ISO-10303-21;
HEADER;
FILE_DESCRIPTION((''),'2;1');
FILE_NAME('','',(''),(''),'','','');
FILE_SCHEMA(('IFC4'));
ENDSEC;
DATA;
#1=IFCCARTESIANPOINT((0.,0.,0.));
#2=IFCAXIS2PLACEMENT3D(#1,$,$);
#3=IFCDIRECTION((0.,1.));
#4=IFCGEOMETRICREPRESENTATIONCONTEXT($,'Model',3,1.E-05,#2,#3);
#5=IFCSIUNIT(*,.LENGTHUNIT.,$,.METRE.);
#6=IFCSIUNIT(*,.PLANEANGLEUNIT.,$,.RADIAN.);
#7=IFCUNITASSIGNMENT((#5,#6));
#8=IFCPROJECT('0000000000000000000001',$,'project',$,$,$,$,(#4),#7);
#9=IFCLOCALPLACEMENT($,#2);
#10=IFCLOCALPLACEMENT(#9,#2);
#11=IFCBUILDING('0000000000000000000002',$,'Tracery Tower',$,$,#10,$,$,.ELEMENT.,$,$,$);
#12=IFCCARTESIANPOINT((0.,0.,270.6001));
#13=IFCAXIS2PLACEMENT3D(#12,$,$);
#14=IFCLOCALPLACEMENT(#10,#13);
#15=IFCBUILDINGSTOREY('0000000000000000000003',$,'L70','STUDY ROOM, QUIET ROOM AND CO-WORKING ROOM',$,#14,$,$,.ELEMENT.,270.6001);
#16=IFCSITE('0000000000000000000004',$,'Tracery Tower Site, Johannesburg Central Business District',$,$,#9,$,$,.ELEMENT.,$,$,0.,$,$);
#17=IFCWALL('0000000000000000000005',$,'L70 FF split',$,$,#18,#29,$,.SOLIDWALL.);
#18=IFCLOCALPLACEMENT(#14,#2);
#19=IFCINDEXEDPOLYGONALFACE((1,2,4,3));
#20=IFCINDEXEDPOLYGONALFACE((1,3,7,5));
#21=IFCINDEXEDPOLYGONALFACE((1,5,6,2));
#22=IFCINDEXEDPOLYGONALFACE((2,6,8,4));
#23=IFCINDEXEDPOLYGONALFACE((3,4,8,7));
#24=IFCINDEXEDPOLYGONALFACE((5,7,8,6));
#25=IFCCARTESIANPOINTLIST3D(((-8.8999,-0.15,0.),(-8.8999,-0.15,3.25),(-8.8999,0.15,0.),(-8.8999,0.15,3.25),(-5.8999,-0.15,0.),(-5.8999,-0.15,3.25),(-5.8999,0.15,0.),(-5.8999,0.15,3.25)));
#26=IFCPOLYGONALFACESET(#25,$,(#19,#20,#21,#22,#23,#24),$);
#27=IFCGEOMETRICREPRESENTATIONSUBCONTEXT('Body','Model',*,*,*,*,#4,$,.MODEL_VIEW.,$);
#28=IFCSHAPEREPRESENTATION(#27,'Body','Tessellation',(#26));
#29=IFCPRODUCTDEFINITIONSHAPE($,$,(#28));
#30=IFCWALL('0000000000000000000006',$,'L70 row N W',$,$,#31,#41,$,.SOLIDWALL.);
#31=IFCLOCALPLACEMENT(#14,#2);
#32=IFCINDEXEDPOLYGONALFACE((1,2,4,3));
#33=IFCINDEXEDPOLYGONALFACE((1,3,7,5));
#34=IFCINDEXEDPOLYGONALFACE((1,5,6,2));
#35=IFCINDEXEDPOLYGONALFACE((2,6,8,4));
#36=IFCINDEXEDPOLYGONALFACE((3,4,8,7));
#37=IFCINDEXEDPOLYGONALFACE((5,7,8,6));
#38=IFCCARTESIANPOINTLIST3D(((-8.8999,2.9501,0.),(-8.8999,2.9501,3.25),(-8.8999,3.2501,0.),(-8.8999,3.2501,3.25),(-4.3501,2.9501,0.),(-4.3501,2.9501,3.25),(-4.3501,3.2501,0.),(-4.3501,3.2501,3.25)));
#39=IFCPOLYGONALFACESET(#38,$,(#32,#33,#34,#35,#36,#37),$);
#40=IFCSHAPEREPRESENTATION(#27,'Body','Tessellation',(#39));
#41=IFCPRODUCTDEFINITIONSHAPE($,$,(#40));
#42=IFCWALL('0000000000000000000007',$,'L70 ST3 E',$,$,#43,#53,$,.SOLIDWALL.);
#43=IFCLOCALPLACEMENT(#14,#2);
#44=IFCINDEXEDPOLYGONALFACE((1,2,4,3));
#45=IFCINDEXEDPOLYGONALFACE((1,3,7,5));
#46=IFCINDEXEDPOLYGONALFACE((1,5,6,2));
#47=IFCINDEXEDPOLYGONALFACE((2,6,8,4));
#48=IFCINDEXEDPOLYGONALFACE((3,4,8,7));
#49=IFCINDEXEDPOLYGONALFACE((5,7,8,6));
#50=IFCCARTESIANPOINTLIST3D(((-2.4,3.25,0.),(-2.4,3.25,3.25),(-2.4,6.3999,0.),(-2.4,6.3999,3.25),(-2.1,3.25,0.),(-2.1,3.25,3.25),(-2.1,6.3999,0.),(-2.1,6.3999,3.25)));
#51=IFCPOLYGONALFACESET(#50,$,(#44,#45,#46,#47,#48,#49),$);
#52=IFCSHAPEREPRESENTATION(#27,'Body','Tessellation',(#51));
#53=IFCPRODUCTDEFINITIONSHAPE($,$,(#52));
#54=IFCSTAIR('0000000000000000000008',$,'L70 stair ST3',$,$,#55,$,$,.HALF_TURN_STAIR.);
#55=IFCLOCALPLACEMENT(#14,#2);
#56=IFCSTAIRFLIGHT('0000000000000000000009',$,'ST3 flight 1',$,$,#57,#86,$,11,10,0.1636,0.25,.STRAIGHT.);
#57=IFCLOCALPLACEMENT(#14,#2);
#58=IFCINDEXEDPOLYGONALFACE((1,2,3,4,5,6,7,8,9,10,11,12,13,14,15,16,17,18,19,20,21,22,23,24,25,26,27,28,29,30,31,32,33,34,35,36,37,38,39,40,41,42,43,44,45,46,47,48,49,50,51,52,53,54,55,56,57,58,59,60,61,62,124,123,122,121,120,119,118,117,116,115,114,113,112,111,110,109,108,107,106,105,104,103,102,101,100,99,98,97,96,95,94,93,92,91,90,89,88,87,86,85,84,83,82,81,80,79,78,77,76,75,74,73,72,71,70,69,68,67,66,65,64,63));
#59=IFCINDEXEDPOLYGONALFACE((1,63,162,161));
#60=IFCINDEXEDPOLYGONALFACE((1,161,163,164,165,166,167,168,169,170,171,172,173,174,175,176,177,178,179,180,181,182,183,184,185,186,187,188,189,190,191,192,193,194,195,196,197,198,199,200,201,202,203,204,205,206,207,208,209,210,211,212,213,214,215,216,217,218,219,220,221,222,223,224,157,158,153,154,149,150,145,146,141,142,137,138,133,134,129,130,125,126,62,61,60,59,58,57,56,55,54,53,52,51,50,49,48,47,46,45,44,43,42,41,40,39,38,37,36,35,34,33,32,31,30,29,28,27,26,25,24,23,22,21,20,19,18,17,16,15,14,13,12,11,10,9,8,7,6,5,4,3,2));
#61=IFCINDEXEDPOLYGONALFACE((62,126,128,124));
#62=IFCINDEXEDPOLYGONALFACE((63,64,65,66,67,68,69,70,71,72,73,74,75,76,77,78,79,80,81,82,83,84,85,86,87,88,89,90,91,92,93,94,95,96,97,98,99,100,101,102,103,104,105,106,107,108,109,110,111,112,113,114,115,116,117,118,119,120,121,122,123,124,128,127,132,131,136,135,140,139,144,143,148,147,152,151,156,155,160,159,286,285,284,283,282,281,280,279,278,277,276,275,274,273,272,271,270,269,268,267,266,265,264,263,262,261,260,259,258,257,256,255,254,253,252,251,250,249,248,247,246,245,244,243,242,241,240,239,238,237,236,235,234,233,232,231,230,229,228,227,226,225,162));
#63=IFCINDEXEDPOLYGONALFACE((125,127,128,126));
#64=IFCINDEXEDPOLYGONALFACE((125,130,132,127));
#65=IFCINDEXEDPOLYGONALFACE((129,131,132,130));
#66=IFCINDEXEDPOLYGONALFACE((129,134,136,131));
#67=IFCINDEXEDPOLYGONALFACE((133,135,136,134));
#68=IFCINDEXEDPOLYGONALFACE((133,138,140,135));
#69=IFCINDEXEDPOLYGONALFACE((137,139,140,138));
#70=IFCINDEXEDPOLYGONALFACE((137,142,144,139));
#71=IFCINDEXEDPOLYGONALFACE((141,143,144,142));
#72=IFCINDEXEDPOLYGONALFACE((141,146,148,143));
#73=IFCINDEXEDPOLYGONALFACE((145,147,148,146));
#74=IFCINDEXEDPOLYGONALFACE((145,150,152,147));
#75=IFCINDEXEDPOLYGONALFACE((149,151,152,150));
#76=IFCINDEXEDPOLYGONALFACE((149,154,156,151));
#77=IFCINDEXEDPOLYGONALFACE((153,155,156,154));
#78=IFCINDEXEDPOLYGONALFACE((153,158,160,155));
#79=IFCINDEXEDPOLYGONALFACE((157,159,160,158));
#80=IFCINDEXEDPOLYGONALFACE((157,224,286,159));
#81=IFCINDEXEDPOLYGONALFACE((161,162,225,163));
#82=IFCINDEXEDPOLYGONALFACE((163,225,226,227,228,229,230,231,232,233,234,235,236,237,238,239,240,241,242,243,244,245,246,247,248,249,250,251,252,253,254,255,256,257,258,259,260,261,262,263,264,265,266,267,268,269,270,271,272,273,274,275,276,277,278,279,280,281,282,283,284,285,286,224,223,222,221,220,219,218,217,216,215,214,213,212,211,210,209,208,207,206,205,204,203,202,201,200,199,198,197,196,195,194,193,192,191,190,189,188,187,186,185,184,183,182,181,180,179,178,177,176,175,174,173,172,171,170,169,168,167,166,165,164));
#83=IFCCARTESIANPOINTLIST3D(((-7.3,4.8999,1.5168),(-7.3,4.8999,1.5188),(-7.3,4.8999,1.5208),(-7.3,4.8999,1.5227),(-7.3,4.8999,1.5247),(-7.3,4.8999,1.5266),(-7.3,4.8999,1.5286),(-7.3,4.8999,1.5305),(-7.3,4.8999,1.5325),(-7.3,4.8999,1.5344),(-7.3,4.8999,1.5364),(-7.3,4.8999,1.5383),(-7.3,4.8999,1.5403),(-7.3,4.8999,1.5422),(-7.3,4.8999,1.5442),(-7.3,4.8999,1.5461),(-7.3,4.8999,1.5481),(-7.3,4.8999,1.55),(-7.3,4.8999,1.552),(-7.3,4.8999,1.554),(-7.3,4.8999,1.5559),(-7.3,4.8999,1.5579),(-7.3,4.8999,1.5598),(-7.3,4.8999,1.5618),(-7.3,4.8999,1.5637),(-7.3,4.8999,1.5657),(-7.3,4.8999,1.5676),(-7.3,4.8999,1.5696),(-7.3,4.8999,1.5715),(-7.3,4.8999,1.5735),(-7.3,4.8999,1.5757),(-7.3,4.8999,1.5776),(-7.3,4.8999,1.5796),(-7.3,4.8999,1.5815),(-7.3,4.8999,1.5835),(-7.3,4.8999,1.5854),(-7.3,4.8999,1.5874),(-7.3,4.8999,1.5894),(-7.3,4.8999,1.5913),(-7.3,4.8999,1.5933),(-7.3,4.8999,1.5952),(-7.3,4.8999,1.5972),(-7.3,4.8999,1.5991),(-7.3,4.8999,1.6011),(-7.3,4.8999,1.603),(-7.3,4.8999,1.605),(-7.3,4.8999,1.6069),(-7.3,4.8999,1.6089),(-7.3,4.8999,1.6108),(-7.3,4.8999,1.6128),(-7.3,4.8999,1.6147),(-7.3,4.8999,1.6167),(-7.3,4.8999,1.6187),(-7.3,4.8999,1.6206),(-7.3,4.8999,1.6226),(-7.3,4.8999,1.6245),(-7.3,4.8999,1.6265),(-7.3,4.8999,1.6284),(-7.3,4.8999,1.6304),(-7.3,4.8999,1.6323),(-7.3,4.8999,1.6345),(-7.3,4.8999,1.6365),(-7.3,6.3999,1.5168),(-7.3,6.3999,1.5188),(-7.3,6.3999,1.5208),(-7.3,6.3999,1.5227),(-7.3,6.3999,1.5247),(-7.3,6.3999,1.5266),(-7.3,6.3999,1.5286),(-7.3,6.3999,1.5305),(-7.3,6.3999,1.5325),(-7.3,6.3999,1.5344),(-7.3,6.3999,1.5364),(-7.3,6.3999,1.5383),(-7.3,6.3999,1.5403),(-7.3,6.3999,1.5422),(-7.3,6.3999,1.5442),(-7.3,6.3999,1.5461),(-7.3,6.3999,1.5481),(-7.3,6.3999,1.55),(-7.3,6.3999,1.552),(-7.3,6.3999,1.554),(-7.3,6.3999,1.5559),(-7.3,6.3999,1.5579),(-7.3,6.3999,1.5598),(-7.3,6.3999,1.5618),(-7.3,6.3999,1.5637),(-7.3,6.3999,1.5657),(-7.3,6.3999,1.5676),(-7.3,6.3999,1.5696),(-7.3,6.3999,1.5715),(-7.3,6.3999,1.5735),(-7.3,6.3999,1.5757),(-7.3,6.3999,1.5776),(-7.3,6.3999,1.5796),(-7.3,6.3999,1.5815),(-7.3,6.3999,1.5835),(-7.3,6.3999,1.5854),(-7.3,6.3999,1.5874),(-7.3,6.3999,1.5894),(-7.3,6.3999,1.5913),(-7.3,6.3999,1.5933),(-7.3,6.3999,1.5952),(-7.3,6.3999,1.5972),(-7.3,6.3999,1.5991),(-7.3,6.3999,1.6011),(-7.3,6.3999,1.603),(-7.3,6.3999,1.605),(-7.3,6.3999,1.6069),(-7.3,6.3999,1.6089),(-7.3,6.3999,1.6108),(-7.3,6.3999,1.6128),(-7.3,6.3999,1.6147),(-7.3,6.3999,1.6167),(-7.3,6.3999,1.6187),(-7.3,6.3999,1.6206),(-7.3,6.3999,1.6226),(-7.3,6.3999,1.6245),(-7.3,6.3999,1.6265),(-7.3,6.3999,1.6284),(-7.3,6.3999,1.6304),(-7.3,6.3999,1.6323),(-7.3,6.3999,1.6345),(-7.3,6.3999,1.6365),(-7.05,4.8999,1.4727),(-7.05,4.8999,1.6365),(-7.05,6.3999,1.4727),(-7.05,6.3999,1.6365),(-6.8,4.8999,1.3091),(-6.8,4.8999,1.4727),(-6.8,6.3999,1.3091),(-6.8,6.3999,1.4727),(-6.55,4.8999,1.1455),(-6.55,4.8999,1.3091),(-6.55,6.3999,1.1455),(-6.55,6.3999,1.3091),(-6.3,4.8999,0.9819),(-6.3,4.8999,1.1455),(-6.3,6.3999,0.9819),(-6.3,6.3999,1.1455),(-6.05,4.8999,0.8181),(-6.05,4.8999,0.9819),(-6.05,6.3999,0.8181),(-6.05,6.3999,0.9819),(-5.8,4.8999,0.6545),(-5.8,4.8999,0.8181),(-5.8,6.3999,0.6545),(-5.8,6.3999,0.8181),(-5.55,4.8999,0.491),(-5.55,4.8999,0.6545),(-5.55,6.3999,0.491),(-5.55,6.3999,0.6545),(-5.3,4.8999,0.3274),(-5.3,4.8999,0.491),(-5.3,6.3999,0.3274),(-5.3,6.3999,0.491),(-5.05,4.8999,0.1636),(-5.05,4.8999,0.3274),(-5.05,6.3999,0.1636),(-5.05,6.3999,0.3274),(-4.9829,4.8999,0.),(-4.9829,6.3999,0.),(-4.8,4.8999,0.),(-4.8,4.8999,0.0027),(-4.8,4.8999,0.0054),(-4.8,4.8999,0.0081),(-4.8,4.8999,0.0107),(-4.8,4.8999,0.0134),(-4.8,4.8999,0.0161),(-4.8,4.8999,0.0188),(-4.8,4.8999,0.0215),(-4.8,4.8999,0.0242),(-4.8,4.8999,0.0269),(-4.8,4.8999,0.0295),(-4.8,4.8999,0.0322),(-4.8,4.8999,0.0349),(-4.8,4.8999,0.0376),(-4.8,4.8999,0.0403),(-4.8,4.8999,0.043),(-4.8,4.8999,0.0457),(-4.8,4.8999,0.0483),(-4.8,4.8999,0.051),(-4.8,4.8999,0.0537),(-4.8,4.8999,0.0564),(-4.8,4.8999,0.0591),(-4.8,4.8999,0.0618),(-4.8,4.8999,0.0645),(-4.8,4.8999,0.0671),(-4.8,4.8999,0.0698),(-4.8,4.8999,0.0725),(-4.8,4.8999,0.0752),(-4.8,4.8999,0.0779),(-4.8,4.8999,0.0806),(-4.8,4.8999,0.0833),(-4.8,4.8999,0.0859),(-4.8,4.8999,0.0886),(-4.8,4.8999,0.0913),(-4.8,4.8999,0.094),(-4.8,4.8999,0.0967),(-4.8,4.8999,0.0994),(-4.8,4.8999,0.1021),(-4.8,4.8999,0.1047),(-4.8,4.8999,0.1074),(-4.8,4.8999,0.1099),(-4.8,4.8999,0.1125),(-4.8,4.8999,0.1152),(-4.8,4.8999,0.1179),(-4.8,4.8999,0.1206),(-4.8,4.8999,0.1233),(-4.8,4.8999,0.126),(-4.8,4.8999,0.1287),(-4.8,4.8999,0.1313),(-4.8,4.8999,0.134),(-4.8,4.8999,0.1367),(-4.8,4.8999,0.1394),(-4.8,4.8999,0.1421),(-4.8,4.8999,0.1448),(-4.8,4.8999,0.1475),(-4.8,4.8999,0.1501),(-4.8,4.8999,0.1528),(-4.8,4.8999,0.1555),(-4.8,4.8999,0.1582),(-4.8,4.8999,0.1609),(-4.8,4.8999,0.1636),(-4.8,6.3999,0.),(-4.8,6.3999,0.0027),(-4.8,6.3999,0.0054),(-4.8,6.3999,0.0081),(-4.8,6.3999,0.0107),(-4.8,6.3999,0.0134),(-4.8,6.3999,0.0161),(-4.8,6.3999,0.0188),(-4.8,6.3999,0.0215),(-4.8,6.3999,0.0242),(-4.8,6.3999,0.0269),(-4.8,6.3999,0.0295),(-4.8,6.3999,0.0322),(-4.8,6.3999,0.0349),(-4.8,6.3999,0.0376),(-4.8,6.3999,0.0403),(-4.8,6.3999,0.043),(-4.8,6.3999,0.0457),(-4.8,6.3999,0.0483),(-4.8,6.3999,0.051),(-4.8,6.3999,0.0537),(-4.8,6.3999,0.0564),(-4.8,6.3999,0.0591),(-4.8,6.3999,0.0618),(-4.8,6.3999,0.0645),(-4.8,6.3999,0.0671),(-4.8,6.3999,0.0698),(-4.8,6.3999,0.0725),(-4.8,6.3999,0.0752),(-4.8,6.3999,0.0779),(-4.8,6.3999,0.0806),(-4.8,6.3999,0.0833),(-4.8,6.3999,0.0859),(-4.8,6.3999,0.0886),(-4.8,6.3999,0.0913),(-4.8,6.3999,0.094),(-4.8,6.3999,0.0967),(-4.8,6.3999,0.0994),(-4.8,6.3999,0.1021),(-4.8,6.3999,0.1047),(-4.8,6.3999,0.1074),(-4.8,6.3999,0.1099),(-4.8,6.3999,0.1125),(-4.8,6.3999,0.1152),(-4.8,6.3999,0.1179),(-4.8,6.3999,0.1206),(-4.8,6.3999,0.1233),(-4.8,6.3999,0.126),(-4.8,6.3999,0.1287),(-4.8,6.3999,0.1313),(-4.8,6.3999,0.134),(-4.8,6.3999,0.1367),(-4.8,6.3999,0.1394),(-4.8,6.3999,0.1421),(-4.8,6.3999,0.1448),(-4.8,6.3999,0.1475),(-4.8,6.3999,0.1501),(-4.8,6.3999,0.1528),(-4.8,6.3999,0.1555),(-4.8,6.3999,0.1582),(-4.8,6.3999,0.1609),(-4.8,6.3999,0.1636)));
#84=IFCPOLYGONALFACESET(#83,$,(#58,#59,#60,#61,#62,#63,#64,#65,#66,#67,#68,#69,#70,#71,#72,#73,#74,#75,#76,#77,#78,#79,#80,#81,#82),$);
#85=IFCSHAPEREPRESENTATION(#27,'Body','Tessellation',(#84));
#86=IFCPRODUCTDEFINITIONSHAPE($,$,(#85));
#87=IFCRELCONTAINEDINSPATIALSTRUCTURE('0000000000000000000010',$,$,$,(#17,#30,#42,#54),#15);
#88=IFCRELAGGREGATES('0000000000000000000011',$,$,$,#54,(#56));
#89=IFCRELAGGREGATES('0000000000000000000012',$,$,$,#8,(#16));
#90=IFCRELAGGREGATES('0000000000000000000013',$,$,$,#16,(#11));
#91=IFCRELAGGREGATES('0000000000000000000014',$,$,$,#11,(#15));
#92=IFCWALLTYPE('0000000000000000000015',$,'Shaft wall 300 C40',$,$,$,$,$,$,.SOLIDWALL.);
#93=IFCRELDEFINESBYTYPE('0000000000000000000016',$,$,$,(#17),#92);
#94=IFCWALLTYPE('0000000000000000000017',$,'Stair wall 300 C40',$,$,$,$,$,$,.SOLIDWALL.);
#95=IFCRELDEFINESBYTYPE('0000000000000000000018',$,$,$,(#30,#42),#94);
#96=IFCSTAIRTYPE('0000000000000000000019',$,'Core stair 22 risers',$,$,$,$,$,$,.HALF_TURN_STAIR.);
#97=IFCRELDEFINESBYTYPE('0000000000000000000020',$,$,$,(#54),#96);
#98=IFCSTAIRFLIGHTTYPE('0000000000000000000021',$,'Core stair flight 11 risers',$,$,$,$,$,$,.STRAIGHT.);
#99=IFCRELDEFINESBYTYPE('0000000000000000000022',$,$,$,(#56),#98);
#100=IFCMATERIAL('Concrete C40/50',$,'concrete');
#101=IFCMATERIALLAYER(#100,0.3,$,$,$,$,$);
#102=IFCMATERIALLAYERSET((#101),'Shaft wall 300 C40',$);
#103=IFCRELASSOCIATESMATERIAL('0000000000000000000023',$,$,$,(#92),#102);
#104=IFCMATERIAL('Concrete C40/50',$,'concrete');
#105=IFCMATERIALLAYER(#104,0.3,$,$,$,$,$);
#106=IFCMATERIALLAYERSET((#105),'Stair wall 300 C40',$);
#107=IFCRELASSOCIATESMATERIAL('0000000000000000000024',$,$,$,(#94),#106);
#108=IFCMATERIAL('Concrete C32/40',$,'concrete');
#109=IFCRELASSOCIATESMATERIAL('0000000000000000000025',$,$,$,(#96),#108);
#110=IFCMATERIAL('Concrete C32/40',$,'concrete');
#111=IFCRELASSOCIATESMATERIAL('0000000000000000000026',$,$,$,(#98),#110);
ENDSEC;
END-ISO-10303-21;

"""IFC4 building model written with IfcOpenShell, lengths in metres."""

from ifc_helpers import new_model, si_unit, direction, frame, frame_2d, origin, place, context, subcontext, project, spatial, polyline, rectangle, outline, extrude, material, layer, layer_set, type_object, element, aggregate, save


model = new_model("IFC4")

# Units and contexts
model_context = context("Model", 3, precision=1e-05, world=origin(), true_north=direction((0.0, 1.0)))
body_context = subcontext(model_context, "Body", "Model", "MODEL_VIEW")
ifc_project = project(units=[si_unit("LENGTHUNIT", "METRE"), si_unit("PLANEANGLEUNIT", "RADIAN")], contexts=[model_context])

# Site, building, storey
site_placement = place(None, origin())
site = spatial("IfcSite", under=ifc_project, at=site_placement, Name="Tracery Tower Site, Johannesburg Central Business District", CompositionType="ELEMENT", RefElevation=0.0)
building_placement = place(site_placement, origin())
building = spatial("IfcBuilding", under=site, at=building_placement, Name="Tracery Tower", CompositionType="ELEMENT")
storey_placement = place(building_placement, frame((0.0, 0.0, 270.6001)))
storey = spatial("IfcBuildingStorey", under=building, at=storey_placement, Name="L70", Description="STUDY ROOM, QUIET ROOM AND CO-WORKING ROOM", CompositionType="ELEMENT", Elevation=270.6001)

# Walls
ifc_material_1 = material(Name="Concrete C40/50", Category="concrete")
ifc_layer_1 = layer(ifc_material_1, 0.3)
ifc_layer_set_1 = layer_set([ifc_layer_1], Name="Shaft wall 300 C40")
wall_type_1 = type_object("IfcWallType", Name="Shaft wall 300 C40", PredefinedType="SOLIDWALL", material=ifc_layer_set_1)
wall_1_placement = place(storey_placement, frame((-8.8999, 0.0, 0.0), z_axis=(0.0, 0.0, 1.0), x_axis=(1.0, 0.0, 0.0)))
element("IfcWall", 1, at=wall_1_placement, inside=storey, type_object=wall_type_1, Name="L70 FF split", PredefinedType="SOLIDWALL", context=body_context, shape_type="SweptSolid", body=[
    extrude(rectangle(XDim=3.0, YDim=0.3, at=frame_2d((1.5, 0.0))), origin(), (0.0, 0.0, 1.0), 3.25),
])
ifc_material_2 = material(Name="Concrete C40/50", Category="concrete")
ifc_layer_2 = layer(ifc_material_2, 0.3)
ifc_layer_set_2 = layer_set([ifc_layer_2], Name="Stair wall 300 C40")
wall_type_2 = type_object("IfcWallType", Name="Stair wall 300 C40", PredefinedType="SOLIDWALL", material=ifc_layer_set_2)
wall_2_placement = place(storey_placement, frame((-8.8999, 3.1001, 0.0), z_axis=(0.0, 0.0, 1.0), x_axis=(1.0, 0.0, 0.0)))
element("IfcWall", 2, at=wall_2_placement, inside=storey, type_object=wall_type_2, Name="L70 row N W", PredefinedType="SOLIDWALL", context=body_context, shape_type="SweptSolid", body=[
    extrude(rectangle(XDim=4.5498, YDim=0.3, at=frame_2d((2.2749, 0.0))), origin(), (0.0, 0.0, 1.0), 3.25),
])

# Wall
wall_3_placement = place(storey_placement, frame((-2.25, 3.25, 0.0), z_axis=(0.0, 0.0, 1.0), x_axis=(0.0, 1.0, 0.0)))
element("IfcWall", 3, at=wall_3_placement, inside=storey, type_object=wall_type_2, Name="L70 ST3 E", PredefinedType="SOLIDWALL", context=body_context, shape_type="SweptSolid", body=[
    extrude(rectangle(XDim=3.1499, YDim=0.3, at=frame_2d((1.575, 0.0))), origin(), (0.0, 0.0, 1.0), 3.25),
])

# Stair, stair flight
ifc_material_3 = material(Name="Concrete C32/40", Category="concrete")
stair_type = type_object("IfcStairType", Name="Core stair 22 risers", PredefinedType="HALF_TURN_STAIR", material=ifc_material_3)
stair_placement = place(storey_placement, origin())
stair = element("IfcStair", 4, at=stair_placement, inside=storey, type_object=stair_type, Name="L70 stair ST3", PredefinedType="HALF_TURN_STAIR")
ifc_material_4 = material(Name="Concrete C32/40", Category="concrete")
stair_flight_type = type_object("IfcStairFlightType", Name="Core stair flight 11 risers", PredefinedType="STRAIGHT", material=ifc_material_4)
stair_flight_1_placement = place(storey_placement, frame((-4.8, 5.6499, 0.0), z_axis=(0.0, 0.0, 1.0), x_axis=(-1.0, 0.0, 0.0)))
stair_flight_1 = element("IfcStairFlight", 5, at=stair_flight_1_placement, type_object=stair_flight_type, Name="ST3 flight 1", NumberOfRisers=11, NumberOfTreads=10, PredefinedType="STRAIGHT", RiserHeight=0.1636, TreadLength=0.25, context=body_context, shape_type="SweptSolid", body=[
    extrude(outline(polyline([(0.0, 0.0), (0.0, 0.0027), (0.0, 0.0054), (0.0, 0.0081), (0.0, 0.0107), (0.0, 0.0134), (0.0, 0.0161), (0.0, 0.0188), (0.0, 0.0215), (0.0, 0.0242), (0.0, 0.0269), (0.0, 0.0295), (0.0, 0.0322), (0.0, 0.0349), (0.0, 0.0376), (0.0, 0.0403), (0.0, 0.043), (0.0, 0.0457), (0.0, 0.0483), (0.0, 0.051), (0.0, 0.0537), (0.0, 0.0564), (0.0, 0.0591), (0.0, 0.0618), (0.0, 0.0645), (0.0, 0.0671), (0.0, 0.0698), (0.0, 0.0725), (0.0, 0.0752), (0.0, 0.0779), (0.0, 0.0806), (0.0, 0.0833), (0.0, 0.0859), (0.0, 0.0886), (0.0, 0.0913), (0.0, 0.094), (0.0, 0.0967), (0.0, 0.0994), (0.0, 0.1021), (0.0, 0.1047), (0.0, 0.1074), (0.0, 0.1099), (0.0, 0.1125), (0.0, 0.1152), (0.0, 0.1179), (0.0, 0.1206), (0.0, 0.1233), (0.0, 0.126), (0.0, 0.1287), (0.0, 0.1313), (0.0, 0.134), (0.0, 0.1367), (0.0, 0.1394), (0.0, 0.1421), (0.0, 0.1448), (0.0, 0.1475), (0.0, 0.1501), (0.0, 0.1528), (0.0, 0.1555), (0.0, 0.1582), (0.0, 0.1609), (0.0, 0.1636), (0.25, 0.1636), (0.25, 0.3274), (0.5, 0.3274), (0.5, 0.491), (0.75, 0.491), (0.75, 0.6545), (1.0, 0.6545), (1.0, 0.8181), (1.25, 0.8181), (1.25, 0.9819), (1.5, 0.9819), (1.5, 1.1455), (1.75, 1.1455), (1.75, 1.3091), (2.0, 1.3091), (2.0, 1.4727), (2.25, 1.4727), (2.25, 1.6365), (2.5, 1.6365), (2.5, 1.6345), (2.5, 1.6323), (2.5, 1.6304), (2.5, 1.6284), (2.5, 1.6265), (2.5, 1.6245), (2.5, 1.6226), (2.5, 1.6206), (2.5, 1.6187), (2.5, 1.6167), (2.5, 1.6147), (2.5, 1.6128), (2.5, 1.6108), (2.5, 1.6089), (2.5, 1.6069), (2.5, 1.605), (2.5, 1.603), (2.5, 1.6011), (2.5, 1.5991), (2.5, 1.5972), (2.5, 1.5952), (2.5, 1.5933), (2.5, 1.5913), (2.5, 1.5894), (2.5, 1.5874), (2.5, 1.5854), (2.5, 1.5835), (2.5, 1.5815), (2.5, 1.5796), (2.5, 1.5776), (2.5, 1.5757), (2.5, 1.5735), (2.5, 1.5715), (2.5, 1.5696), (2.5, 1.5676), (2.5, 1.5657), (2.5, 1.5637), (2.5, 1.5618), (2.5, 1.5598), (2.5, 1.5579), (2.5, 1.5559), (2.5, 1.554), (2.5, 1.552), (2.5, 1.55), (2.5, 1.5481), (2.5, 1.5461), (2.5, 1.5442), (2.5, 1.5422), (2.5, 1.5403), (2.5, 1.5383), (2.5, 1.5364), (2.5, 1.5344), (2.5, 1.5325), (2.5, 1.5305), (2.5, 1.5286), (2.5, 1.5266), (2.5, 1.5247), (2.5, 1.5227), (2.5, 1.5208), (2.5, 1.5188), (2.5, 1.5168), (0.1829, 0.0), (0.0, 0.0)])), frame((0.0, 0.75, 0.0), z_axis=(0.0, -1.0, 0.0), x_axis=(1.0, 0.0, 0.0)), (0.0, 0.0, 1.0), 1.5),
])
aggregate(stair, [stair_flight_1])

save(model, "model.ifc")
